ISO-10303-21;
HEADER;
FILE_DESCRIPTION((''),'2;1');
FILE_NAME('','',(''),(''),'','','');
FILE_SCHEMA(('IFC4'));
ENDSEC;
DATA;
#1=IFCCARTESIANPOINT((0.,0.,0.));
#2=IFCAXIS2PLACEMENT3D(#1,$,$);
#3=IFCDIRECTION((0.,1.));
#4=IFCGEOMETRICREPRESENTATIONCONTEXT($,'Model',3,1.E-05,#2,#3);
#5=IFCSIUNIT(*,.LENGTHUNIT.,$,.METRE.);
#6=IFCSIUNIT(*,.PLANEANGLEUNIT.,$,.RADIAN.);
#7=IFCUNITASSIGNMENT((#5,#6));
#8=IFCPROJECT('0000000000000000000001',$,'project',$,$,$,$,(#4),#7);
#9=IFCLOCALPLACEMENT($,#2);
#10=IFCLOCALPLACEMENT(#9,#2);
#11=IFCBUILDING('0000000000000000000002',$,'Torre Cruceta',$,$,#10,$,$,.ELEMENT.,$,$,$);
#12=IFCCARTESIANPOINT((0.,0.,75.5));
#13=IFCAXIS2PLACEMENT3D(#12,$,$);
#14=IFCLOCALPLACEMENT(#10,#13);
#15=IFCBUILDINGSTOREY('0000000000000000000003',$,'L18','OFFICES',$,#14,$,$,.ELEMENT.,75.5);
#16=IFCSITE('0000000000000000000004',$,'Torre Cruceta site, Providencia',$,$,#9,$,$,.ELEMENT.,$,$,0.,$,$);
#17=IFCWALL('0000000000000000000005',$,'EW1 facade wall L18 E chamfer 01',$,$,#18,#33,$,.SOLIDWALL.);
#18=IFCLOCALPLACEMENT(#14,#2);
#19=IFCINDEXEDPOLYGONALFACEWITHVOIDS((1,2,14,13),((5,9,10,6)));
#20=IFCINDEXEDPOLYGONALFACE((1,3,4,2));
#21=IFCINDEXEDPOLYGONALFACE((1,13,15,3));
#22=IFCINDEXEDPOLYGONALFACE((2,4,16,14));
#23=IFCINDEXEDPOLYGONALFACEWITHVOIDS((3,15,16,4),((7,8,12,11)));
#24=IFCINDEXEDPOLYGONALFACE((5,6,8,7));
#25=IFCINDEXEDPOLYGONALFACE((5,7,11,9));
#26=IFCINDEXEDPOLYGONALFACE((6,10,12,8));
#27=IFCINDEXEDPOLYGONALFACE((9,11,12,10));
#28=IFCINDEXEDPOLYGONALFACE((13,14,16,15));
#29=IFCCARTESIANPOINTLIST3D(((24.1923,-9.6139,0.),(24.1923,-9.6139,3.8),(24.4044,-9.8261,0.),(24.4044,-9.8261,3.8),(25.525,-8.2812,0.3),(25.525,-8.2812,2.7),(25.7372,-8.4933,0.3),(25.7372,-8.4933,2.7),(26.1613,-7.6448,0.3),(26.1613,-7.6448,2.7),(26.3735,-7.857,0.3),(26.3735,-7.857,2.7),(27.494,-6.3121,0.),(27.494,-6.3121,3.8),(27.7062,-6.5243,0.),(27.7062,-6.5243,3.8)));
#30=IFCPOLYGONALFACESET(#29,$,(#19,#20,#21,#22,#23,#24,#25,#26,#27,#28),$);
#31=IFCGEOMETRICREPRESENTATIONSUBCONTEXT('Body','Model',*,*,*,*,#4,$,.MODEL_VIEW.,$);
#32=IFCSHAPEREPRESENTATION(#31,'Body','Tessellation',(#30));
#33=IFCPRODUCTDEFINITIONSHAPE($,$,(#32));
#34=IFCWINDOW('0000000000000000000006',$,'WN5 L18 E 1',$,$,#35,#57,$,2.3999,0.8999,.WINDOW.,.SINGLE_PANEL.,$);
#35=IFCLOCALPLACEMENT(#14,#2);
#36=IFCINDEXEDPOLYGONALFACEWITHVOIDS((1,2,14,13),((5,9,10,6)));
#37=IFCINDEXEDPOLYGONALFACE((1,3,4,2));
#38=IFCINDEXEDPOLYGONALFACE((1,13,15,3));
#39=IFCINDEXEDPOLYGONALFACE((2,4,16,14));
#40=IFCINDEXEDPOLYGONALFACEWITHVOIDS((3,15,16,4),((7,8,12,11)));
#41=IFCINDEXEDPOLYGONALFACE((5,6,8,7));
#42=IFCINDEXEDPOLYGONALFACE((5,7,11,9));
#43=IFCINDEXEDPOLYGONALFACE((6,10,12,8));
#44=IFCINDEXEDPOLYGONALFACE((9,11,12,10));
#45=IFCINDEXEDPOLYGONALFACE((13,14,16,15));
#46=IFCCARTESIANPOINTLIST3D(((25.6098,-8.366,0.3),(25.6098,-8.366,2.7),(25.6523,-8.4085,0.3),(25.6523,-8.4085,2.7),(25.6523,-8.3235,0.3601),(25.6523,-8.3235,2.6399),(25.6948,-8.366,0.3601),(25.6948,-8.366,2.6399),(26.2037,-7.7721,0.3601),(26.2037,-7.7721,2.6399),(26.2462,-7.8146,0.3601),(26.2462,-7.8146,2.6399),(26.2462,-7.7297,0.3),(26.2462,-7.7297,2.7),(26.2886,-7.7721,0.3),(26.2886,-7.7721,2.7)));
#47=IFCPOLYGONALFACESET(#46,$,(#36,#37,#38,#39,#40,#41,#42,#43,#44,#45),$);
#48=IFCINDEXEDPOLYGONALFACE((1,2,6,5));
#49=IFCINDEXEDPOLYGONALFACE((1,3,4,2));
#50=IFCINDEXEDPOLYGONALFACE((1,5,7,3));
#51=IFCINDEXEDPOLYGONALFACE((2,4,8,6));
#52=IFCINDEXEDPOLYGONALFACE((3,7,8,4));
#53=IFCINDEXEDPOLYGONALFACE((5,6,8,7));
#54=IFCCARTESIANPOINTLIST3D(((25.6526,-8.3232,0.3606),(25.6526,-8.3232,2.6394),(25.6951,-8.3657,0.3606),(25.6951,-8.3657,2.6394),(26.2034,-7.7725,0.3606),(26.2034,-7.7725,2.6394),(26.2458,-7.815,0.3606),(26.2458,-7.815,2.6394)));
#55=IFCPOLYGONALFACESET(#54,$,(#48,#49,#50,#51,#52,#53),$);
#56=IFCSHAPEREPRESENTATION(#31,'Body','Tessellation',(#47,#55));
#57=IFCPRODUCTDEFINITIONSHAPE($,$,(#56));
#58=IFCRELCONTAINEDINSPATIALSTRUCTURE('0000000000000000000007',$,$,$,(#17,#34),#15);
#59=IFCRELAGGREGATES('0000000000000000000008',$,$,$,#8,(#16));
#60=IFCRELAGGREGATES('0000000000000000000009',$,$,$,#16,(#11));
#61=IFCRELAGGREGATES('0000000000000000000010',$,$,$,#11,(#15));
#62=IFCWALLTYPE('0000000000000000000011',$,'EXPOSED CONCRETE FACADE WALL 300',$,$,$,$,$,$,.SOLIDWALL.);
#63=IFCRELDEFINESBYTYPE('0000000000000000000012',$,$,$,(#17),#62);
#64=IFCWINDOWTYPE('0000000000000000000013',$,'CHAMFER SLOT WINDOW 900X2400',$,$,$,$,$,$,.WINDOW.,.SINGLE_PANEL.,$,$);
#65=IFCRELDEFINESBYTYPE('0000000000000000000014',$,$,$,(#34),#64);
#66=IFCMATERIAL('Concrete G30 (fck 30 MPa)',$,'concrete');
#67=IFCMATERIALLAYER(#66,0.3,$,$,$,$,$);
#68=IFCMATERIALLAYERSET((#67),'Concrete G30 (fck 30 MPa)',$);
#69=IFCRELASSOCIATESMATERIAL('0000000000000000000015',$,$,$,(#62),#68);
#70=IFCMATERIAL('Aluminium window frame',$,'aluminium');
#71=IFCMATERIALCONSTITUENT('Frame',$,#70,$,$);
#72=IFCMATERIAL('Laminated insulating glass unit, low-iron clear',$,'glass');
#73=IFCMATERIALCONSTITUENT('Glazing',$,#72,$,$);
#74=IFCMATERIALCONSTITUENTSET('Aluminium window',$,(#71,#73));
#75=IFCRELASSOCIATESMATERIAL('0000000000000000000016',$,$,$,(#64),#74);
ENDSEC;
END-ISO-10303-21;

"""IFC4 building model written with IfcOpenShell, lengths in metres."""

from ifc_helpers import new_model, si_unit, direction, frame, frame_2d, origin, place, context, subcontext, project, spatial, rectangle, hollow_rectangle, extrude, material, layer, layer_set, constituent, constituent_set, type_object, element, fill, save


model = new_model("IFC4")

# Units and contexts
model_context = context("Model", 3, precision=1e-05, world=origin(), true_north=direction((0.0, 1.0)))
body_context = subcontext(model_context, "Body", "Model", "MODEL_VIEW")
ifc_project = project(units=[si_unit("LENGTHUNIT", "METRE"), si_unit("PLANEANGLEUNIT", "RADIAN")], contexts=[model_context])

# Site, building, storey
site_placement = place(None, origin())
site = spatial("IfcSite", under=ifc_project, at=site_placement, Name="Torre Cruceta site, Providencia", CompositionType="ELEMENT", RefElevation=0.0)
building_placement = place(site_placement, origin())
building = spatial("IfcBuilding", under=site, at=building_placement, Name="Torre Cruceta", CompositionType="ELEMENT")
storey_placement = place(building_placement, frame((0.0, 0.0, 75.5)))
storey = spatial("IfcBuildingStorey", under=building, at=storey_placement, Name="L18", Description="OFFICES", CompositionType="ELEMENT", Elevation=75.5)

# Wall, opening, window
ifc_material_1 = material(Name="Concrete G30 (fck 30 MPa)", Category="concrete")
ifc_layer_1 = layer(ifc_material_1, 0.3)
ifc_layer_set_1 = layer_set([ifc_layer_1], Name="Concrete G30 (fck 30 MPa)")
wall_type = type_object("IfcWallType", Name="EXPOSED CONCRETE FACADE WALL 300", PredefinedType="SOLIDWALL", material=ifc_layer_set_1)
wall_placement = place(storey_placement, frame((24.2983, -9.72, 0.0), z_axis=(0.0, 0.0, 1.0), x_axis=(0.707107, 0.707107, 0.0)))
wall = element("IfcWall", 1, at=wall_placement, inside=storey, type_object=wall_type, Name="EW1 facade wall L18 E chamfer 01", PredefinedType="SOLIDWALL", context=body_context, shape_type="SweptSolid", body=[
    extrude(rectangle(XDim=4.6694, YDim=0.3, at=frame_2d((2.3347, 0.0))), origin(), (0.0, 0.0, 1.0), 3.8),
])
opening_placement = place(wall_placement, frame((1.8848, 0.0, 0.3)))
opening = element("IfcOpeningElement", 2, at=opening_placement, cuts=wall, PredefinedType="OPENING", context=body_context, shape_type="SweptSolid", body=[
    extrude(rectangle(XDim=0.8999, YDim=2.3999, at=frame_2d((0.45, 1.2))), frame((0.0, 0.1599, 0.0), z_axis=(0.0, -1.0, 0.0), x_axis=(1.0, 0.0, 0.0)), (0.0, 0.0, 1.0), 0.3201),
])
ifc_material_2 = material(Name="Aluminium window frame", Category="aluminium")
ifc_constituent_1 = constituent(ifc_material_2, Name="Frame")
ifc_material_3 = material(Name="Laminated insulating glass unit, low-iron clear", Category="glass")
ifc_constituent_2 = constituent(ifc_material_3, Name="Glazing")
ifc_constituent_set = constituent_set(constituents=[ifc_constituent_1, ifc_constituent_2], Name="Aluminium window")
window_type = type_object("IfcWindowType", Name="CHAMFER SLOT WINDOW 900X2400", PartitioningType="SINGLE_PANEL", PredefinedType="WINDOW", material=ifc_constituent_set)
window_placement = place(opening_placement, origin())
window = element("IfcWindow", 3, at=window_placement, inside=storey, type_object=window_type, Name="WN5 L18 E 1", OverallHeight=2.3999, OverallWidth=0.8999, PartitioningType="SINGLE_PANEL", PredefinedType="WINDOW", context=body_context, shape_type="SweptSolid", body=[
    extrude(hollow_rectangle(XDim=0.8999, YDim=2.3999, WallThickness=0.0601, at=frame_2d((0.45, 1.2))), frame((0.0, 0.03, 0.0), z_axis=(0.0, -1.0, 0.0), x_axis=(1.0, 0.0, 0.0)), (0.0, 0.0, 1.0), 0.0601),
    extrude(rectangle(XDim=0.7788, YDim=2.2788, at=frame_2d((0.45, 1.2))), frame((0.0, 0.03, 0.0), z_axis=(0.0, -1.0, 0.0), x_axis=(1.0, 0.0, 0.0)), (0.0, 0.0, 1.0), 0.0601),
])
fill(opening, window)

save(model, "model.ifc")
